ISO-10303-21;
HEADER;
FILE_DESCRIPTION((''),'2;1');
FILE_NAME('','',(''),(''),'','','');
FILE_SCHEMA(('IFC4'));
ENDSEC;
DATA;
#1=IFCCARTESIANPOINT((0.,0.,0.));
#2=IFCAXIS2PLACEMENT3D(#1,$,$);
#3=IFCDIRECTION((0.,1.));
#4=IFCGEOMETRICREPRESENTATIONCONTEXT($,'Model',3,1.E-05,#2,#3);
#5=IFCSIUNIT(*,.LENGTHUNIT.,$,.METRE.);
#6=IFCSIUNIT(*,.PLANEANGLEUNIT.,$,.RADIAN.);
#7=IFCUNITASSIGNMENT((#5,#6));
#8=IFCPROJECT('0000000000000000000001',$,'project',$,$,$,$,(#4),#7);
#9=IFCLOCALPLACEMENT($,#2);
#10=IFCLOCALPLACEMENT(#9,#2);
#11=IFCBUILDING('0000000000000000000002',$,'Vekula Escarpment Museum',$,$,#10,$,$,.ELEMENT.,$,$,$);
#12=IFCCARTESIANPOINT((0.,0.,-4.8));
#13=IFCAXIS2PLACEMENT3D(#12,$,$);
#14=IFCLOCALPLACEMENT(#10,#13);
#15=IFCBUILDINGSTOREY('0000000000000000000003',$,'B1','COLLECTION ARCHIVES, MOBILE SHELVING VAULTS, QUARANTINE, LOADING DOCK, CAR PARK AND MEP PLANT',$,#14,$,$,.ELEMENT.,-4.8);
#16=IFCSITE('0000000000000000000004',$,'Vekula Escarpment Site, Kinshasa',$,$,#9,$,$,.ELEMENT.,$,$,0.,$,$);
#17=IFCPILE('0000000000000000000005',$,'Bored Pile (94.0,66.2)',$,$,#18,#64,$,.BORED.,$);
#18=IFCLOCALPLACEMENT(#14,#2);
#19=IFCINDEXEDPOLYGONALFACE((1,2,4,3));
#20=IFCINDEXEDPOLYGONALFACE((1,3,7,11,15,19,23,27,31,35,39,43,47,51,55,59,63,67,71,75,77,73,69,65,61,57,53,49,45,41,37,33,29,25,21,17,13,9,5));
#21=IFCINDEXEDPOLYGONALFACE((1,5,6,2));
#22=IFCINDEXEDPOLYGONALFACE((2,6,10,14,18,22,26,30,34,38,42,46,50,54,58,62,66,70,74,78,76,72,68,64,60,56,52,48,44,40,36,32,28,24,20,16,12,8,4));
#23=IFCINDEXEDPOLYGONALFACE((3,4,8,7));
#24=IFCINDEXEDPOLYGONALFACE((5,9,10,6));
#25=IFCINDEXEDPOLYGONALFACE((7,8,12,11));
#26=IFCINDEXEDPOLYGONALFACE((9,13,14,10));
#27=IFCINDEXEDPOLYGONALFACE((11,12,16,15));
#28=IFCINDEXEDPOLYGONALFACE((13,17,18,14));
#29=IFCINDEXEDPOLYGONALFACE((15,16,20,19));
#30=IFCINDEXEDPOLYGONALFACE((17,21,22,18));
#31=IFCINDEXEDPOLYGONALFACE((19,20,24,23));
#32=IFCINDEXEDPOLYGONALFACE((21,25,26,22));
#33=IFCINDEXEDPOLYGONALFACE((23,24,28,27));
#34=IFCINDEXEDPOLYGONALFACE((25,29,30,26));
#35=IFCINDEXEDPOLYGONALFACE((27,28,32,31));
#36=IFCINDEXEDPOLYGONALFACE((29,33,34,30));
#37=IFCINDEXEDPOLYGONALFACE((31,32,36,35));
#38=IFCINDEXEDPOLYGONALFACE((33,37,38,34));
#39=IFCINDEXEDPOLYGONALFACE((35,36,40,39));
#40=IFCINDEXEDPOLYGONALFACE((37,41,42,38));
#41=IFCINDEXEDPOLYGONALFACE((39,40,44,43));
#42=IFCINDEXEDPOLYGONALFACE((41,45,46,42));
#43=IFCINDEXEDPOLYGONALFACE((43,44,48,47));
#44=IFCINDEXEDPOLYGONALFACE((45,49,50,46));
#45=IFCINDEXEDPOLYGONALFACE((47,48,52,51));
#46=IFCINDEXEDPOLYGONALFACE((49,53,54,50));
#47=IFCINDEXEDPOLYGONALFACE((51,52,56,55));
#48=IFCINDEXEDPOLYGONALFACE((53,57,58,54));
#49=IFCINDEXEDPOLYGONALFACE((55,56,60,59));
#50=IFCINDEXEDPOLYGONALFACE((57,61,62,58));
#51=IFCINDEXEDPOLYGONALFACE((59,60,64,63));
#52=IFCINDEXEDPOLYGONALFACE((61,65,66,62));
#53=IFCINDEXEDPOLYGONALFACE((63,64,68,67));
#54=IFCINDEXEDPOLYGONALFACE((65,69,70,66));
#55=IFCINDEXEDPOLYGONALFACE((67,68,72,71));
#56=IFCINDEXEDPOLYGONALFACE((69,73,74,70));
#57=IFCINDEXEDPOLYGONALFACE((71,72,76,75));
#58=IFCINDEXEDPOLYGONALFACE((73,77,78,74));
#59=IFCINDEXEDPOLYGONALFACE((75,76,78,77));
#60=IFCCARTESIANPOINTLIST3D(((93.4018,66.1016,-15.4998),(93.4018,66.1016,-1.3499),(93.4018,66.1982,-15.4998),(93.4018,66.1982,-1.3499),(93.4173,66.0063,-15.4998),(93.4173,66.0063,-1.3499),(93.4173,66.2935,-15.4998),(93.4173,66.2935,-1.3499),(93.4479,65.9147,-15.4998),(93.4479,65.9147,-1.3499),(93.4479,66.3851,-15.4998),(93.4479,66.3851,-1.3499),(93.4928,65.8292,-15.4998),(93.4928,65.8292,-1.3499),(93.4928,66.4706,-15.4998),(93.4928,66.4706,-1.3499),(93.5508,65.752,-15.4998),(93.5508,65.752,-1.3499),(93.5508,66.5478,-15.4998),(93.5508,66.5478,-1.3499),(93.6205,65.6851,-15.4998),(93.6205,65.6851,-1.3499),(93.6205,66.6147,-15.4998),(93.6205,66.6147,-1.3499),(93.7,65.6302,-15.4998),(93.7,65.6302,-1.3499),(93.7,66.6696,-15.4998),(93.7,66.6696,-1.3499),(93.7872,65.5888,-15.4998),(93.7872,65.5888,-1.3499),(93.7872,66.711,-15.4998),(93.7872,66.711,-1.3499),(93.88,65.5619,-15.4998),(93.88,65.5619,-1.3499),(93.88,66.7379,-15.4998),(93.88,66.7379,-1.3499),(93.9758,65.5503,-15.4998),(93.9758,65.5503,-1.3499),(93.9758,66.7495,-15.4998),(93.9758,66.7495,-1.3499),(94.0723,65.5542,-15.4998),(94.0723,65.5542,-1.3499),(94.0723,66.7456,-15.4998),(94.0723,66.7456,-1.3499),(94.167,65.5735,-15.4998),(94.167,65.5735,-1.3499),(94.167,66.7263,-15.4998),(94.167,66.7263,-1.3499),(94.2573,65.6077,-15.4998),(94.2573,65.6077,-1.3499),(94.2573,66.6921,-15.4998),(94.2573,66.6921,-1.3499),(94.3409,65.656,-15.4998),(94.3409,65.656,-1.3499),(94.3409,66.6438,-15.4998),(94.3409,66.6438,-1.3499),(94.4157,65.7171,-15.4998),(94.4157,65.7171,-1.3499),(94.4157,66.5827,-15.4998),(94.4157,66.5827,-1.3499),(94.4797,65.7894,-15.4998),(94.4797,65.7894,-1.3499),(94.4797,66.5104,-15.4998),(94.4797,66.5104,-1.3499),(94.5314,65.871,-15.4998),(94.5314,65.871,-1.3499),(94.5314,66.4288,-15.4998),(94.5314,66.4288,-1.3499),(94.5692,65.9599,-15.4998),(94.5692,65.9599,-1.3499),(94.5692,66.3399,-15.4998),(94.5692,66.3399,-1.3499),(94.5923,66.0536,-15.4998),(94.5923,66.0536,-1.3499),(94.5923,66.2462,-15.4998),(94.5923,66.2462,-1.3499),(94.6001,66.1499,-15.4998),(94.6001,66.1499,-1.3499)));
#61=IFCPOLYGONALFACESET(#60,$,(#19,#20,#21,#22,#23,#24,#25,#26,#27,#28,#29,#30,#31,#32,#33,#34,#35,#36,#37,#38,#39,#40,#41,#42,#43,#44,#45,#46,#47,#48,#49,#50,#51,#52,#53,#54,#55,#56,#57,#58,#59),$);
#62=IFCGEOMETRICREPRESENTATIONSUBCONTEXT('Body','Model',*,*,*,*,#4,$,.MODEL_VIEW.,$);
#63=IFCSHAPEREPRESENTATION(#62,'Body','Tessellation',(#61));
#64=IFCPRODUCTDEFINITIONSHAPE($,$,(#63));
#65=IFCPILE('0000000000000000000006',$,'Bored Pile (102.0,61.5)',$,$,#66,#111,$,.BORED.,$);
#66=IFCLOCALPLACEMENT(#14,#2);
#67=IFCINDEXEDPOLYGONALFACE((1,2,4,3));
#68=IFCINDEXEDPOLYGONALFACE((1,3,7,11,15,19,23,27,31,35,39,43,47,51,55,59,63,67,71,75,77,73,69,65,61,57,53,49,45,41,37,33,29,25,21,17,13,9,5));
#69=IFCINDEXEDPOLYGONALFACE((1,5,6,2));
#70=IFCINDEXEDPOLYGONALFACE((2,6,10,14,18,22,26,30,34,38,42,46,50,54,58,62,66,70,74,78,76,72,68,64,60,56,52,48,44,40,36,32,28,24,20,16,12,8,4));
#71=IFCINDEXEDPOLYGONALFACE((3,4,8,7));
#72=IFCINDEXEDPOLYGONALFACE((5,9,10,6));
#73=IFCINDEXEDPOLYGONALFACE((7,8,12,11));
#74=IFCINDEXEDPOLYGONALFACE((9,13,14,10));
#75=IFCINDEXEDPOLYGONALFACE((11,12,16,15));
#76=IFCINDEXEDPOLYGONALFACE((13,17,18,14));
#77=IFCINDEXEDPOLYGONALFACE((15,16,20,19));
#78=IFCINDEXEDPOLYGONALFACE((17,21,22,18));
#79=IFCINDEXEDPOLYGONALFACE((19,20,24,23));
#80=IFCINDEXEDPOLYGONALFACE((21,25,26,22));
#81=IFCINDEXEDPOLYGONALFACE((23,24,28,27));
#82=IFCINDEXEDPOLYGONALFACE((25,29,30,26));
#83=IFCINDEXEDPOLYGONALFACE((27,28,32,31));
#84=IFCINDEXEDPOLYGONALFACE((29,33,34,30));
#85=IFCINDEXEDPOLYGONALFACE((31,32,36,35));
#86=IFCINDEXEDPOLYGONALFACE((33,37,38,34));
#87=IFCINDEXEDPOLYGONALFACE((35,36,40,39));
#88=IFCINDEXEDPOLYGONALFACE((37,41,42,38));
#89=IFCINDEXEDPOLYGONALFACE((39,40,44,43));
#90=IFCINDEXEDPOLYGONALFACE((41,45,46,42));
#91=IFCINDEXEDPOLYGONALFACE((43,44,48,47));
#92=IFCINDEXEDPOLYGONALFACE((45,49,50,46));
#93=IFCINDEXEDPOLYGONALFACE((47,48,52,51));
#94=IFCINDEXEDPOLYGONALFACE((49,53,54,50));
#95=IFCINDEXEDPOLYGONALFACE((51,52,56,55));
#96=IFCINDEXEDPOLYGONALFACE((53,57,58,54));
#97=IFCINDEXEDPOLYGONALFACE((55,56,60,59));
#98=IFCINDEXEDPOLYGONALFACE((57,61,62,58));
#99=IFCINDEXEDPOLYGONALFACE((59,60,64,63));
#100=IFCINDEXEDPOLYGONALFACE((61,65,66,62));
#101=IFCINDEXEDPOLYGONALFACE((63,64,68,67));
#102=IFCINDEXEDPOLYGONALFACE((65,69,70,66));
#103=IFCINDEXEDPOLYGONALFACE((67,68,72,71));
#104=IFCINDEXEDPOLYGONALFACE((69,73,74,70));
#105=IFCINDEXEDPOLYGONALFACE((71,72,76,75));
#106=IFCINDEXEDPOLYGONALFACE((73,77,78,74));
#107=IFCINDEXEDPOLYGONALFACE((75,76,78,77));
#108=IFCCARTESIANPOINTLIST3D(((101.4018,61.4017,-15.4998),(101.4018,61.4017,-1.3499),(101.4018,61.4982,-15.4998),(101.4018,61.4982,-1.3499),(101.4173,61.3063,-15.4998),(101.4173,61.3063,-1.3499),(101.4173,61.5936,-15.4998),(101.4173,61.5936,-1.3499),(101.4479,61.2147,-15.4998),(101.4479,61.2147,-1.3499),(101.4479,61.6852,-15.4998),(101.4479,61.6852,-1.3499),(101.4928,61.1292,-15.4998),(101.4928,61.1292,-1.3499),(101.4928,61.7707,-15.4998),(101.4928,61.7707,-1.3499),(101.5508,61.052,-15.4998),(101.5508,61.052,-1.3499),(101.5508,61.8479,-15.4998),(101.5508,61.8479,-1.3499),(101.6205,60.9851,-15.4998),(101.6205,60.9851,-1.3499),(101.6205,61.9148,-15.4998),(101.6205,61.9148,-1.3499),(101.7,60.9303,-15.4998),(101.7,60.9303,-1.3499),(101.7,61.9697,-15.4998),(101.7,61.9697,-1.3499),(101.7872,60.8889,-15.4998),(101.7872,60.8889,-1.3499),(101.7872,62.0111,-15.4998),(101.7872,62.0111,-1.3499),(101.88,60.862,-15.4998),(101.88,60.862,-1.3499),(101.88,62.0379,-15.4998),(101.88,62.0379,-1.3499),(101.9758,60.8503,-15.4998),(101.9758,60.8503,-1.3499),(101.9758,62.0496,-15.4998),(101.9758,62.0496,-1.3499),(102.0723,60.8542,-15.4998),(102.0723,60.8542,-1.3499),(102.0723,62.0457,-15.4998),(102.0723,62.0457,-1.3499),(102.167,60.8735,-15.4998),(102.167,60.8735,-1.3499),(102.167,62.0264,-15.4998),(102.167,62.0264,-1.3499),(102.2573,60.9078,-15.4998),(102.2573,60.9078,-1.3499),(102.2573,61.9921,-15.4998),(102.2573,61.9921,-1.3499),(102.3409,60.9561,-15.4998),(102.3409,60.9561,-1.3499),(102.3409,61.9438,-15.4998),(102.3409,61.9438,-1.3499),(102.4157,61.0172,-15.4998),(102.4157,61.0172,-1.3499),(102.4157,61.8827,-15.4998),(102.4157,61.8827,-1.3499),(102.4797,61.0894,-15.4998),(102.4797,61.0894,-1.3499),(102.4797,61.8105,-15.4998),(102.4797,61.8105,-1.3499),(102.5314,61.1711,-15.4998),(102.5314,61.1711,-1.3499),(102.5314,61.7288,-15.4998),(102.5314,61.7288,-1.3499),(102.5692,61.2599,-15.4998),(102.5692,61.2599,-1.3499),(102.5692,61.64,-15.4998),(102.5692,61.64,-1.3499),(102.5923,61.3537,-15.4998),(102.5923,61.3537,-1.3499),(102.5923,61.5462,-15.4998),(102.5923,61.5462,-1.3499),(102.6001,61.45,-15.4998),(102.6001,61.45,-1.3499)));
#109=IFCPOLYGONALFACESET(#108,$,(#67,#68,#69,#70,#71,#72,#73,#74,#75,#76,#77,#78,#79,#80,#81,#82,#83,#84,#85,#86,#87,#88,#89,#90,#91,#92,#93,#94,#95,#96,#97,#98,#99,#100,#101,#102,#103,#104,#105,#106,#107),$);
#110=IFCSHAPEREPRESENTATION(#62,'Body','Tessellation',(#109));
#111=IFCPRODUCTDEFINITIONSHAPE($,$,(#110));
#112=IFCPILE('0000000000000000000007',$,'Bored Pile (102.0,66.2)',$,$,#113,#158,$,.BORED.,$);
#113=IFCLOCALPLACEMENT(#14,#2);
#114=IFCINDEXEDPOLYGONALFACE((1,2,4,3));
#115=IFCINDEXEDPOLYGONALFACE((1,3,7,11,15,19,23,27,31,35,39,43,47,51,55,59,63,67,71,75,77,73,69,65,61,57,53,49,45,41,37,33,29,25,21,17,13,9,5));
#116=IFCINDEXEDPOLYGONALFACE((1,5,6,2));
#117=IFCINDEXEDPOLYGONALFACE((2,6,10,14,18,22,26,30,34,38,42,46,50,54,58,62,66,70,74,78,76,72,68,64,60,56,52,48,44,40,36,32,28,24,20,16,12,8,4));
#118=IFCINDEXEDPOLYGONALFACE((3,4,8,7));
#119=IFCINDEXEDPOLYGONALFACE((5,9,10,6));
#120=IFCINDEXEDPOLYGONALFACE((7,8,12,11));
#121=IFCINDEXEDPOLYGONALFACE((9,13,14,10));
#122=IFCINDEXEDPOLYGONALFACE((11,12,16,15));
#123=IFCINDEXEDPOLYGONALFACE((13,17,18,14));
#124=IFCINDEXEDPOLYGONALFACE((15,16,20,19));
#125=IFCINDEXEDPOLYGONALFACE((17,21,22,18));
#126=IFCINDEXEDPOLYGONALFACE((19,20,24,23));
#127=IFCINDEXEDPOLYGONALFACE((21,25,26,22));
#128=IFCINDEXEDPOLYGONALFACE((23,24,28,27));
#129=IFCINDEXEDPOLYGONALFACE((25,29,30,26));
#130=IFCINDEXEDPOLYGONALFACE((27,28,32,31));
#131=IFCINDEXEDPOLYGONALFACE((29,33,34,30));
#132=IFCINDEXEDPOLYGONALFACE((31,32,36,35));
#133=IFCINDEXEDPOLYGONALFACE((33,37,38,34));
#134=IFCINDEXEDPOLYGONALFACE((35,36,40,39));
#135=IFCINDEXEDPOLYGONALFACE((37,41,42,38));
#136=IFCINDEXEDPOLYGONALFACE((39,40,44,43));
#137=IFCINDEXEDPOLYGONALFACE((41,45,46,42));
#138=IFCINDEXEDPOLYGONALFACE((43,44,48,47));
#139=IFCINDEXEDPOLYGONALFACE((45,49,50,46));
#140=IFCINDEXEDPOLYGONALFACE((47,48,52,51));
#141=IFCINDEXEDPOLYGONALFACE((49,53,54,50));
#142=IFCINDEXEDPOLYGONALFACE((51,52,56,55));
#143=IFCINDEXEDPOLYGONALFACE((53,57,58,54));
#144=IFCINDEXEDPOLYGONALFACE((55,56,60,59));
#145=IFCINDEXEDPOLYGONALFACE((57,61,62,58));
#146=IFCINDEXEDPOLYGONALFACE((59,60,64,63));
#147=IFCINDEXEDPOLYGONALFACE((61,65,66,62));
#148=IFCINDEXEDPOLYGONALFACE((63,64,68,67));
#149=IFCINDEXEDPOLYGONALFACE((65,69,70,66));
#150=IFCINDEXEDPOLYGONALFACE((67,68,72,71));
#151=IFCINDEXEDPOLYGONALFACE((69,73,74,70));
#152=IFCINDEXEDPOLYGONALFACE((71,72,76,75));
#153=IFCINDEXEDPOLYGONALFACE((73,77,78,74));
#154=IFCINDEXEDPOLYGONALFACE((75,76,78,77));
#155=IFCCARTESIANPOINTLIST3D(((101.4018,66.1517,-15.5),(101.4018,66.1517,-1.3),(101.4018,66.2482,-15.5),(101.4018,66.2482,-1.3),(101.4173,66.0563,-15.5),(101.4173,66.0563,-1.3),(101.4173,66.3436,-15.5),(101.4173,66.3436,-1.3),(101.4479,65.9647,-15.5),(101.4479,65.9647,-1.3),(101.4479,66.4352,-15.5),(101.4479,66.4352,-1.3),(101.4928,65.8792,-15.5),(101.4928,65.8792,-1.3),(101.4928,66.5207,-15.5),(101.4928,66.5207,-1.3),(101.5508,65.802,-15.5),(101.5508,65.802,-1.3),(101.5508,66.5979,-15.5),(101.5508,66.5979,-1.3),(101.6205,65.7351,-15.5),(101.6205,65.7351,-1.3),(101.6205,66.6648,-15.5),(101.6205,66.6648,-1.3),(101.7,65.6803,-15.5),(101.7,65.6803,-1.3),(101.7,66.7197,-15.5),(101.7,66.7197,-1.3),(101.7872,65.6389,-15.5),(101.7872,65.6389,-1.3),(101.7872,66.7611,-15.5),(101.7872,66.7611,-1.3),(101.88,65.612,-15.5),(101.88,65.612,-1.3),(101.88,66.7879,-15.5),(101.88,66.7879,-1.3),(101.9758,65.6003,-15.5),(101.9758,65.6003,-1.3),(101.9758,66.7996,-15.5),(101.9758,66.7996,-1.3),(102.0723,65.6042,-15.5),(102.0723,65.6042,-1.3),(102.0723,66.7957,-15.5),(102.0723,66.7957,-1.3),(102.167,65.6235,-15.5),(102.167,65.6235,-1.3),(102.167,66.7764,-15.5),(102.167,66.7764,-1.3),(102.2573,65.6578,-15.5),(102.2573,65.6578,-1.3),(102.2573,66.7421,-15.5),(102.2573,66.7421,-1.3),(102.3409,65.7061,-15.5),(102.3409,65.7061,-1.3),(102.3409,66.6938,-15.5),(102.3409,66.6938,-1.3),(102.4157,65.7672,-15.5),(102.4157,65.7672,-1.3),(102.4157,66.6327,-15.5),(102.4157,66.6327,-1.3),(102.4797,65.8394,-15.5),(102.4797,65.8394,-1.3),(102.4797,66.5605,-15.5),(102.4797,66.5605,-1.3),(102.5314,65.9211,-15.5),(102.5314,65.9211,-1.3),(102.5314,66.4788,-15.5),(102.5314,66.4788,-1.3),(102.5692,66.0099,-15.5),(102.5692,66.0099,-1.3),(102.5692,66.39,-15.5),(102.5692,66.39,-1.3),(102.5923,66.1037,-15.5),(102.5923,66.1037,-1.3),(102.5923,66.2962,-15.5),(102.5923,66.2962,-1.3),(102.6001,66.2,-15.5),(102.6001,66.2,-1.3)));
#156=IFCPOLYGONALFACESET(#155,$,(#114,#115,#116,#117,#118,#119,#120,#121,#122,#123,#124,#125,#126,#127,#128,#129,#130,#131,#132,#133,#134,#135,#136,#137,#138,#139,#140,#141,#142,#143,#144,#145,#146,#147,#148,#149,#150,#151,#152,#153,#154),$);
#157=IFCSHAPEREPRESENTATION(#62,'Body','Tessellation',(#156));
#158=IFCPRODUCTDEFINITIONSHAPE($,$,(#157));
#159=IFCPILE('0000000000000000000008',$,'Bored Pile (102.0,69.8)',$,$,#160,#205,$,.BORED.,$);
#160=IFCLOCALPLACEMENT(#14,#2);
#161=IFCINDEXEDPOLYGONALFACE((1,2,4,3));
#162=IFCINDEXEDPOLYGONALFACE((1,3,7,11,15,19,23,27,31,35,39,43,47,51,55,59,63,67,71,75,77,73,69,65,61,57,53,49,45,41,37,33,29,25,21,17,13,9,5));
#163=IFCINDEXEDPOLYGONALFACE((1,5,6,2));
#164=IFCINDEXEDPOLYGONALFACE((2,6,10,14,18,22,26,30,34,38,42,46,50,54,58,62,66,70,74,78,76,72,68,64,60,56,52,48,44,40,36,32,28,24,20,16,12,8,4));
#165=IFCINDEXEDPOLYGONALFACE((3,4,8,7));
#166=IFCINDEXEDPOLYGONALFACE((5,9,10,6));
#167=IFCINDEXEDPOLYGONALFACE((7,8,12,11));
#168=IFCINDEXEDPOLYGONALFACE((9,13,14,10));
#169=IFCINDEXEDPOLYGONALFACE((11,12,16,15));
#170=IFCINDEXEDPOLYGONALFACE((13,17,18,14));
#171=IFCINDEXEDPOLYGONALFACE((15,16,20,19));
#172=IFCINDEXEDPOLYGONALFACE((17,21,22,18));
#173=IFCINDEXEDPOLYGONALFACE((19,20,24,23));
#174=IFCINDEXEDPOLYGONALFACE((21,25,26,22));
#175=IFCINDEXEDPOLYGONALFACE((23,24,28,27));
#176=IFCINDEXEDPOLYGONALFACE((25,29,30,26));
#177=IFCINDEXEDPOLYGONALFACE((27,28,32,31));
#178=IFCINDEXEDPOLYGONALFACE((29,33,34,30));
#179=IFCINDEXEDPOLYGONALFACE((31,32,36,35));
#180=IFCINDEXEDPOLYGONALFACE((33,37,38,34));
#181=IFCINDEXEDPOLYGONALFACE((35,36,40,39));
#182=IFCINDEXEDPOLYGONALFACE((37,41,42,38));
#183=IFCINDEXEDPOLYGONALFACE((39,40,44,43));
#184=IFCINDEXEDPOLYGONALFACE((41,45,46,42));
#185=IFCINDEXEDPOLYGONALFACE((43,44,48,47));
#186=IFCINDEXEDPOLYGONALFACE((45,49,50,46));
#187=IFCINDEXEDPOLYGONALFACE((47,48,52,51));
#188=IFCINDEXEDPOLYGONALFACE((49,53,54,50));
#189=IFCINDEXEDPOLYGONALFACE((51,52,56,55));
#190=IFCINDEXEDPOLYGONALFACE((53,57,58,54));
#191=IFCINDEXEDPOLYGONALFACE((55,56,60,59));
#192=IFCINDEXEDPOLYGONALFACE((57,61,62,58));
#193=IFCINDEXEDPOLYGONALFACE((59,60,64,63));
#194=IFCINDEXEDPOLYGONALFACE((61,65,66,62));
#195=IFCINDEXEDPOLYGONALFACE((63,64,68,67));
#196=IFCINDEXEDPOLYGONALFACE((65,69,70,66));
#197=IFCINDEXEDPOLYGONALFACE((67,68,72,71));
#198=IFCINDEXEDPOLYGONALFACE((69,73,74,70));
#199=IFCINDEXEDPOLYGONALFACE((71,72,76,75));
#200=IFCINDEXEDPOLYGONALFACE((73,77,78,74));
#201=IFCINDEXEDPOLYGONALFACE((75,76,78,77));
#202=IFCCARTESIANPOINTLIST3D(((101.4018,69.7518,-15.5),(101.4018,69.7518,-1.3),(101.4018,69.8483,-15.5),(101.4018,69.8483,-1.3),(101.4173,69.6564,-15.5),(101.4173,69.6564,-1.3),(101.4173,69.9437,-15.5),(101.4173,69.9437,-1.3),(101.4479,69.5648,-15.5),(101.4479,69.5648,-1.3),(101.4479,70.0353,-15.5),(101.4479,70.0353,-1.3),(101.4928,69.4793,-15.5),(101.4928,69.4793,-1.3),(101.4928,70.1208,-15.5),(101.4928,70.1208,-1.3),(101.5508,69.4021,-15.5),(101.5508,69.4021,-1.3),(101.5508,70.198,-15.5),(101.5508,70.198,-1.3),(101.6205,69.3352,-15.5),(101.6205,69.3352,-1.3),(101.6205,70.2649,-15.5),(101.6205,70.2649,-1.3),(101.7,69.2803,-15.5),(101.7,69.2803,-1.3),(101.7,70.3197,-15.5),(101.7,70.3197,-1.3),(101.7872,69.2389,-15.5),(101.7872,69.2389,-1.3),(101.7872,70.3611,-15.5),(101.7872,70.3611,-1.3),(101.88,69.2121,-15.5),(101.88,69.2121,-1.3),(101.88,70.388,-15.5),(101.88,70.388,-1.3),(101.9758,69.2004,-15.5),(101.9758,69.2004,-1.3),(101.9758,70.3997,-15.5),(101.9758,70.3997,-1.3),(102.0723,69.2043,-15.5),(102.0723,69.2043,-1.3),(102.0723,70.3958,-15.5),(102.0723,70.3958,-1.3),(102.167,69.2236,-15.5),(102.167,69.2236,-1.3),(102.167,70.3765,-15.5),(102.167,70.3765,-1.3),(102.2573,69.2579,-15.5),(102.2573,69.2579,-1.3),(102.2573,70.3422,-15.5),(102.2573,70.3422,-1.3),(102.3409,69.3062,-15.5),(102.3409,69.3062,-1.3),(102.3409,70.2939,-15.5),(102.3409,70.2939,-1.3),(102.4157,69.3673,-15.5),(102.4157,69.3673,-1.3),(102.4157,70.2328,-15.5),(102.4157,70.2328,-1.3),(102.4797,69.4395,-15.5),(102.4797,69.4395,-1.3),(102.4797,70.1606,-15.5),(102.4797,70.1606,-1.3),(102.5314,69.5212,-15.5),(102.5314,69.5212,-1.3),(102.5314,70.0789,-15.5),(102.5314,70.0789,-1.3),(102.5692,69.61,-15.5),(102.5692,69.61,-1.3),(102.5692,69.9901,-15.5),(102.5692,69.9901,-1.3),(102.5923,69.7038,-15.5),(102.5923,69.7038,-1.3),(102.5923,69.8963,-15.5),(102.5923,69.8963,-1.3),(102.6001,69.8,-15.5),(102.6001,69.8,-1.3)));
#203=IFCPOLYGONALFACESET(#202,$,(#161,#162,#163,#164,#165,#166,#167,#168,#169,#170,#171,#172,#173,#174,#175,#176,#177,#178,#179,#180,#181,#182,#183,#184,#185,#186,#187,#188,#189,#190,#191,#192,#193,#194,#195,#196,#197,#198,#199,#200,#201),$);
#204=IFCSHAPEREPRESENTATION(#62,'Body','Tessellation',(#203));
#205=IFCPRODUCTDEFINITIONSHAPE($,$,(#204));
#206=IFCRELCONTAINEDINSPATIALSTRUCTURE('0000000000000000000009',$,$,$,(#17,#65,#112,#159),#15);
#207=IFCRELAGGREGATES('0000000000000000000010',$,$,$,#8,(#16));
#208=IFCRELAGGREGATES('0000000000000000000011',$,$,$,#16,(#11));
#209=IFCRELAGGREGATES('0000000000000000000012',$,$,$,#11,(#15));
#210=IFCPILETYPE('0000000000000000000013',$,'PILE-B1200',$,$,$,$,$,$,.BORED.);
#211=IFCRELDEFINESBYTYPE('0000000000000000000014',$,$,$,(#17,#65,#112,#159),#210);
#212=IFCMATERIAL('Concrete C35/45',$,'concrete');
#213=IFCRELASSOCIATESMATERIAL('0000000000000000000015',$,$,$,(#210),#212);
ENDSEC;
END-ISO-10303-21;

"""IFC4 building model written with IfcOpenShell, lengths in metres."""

from ifc_helpers import new_model, si_unit, direction, frame, origin, origin_2d, place, context, subcontext, project, spatial, circle, extrude, material, material_profile, profile_set, type_object, element, save


model = new_model("IFC4")

# Units and contexts
model_context = context("Model", 3, precision=1e-05, world=origin(), true_north=direction((0.0, 1.0)))
body_context = subcontext(model_context, "Body", "Model", "MODEL_VIEW")
ifc_project = project(units=[si_unit("LENGTHUNIT", "METRE"), si_unit("PLANEANGLEUNIT", "RADIAN")], contexts=[model_context])

# Site, building, storey
site_placement = place(None, origin())
site = spatial("IfcSite", under=ifc_project, at=site_placement, Name="Vekula Escarpment Site, Kinshasa", CompositionType="ELEMENT", RefElevation=0.0)
building_placement = place(site_placement, origin())
building = spatial("IfcBuilding", under=site, at=building_placement, Name="Vekula Escarpment Museum", CompositionType="ELEMENT")
storey_placement = place(building_placement, frame((0.0, 0.0, -4.8)))
storey = spatial("IfcBuildingStorey", under=building, at=storey_placement, Name="B1", Description="COLLECTION ARCHIVES, MOBILE SHELVING VAULTS, QUARANTINE, LOADING DOCK, CAR PARK AND MEP PLANT", CompositionType="ELEMENT", Elevation=-4.8)

# Piles
ifc_material_1 = material(Name="Concrete C35/45", Category="concrete")
ifc_material_profile_1 = material_profile(ifc_material_1, circle(Radius=0.6001, at=origin_2d()), Name="BORED PILE 1200")
ifc_profile_set_1 = profile_set([ifc_material_profile_1], Name="Concrete C35/45")
pile_type = type_object("IfcPileType", Name="PILE-B1200", PredefinedType="BORED", material=ifc_profile_set_1)
for number, where, z_axis, x_axis, name in (
    (1, (94.0, 66.1499, -1.3499), (0.0, 0.0, -1.0), (1.0, 0.0, 0.0), "Bored Pile (94.0,66.2)"),
    (2, (102.0, 61.45, -1.3499), (0.0, 0.0, -1.0), (1.0, 0.0, 0.0), "Bored Pile (102.0,61.5)"),
):
    element("IfcPile", number, at=place(storey_placement, frame(where, z_axis=z_axis, x_axis=x_axis)), inside=storey, type_object=pile_type, Name=name, PredefinedType="BORED", context=body_context, shape_type="SweptSolid", body=[
        extrude(circle(Radius=0.6001, at=origin_2d()), origin(), (0.0, 0.0, 1.0), 14.1499),
    ])
for number, where, z_axis, x_axis, name in (
    (3, (102.0, 66.2, -1.3), (0.0, 0.0, -1.0), (1.0, 0.0, 0.0), "Bored Pile (102.0,66.2)"),
    (4, (102.0, 69.8, -1.3), (0.0, 0.0, -1.0), (1.0, 0.0, 0.0), "Bored Pile (102.0,69.8)"),
):
    element("IfcPile", number, at=place(storey_placement, frame(where, z_axis=z_axis, x_axis=x_axis)), inside=storey, type_object=pile_type, Name=name, PredefinedType="BORED", context=body_context, shape_type="SweptSolid", body=[
        extrude(circle(Radius=0.6001, at=origin_2d()), origin(), (0.0, 0.0, 1.0), 14.2),
    ])

save(model, "model.ifc")
